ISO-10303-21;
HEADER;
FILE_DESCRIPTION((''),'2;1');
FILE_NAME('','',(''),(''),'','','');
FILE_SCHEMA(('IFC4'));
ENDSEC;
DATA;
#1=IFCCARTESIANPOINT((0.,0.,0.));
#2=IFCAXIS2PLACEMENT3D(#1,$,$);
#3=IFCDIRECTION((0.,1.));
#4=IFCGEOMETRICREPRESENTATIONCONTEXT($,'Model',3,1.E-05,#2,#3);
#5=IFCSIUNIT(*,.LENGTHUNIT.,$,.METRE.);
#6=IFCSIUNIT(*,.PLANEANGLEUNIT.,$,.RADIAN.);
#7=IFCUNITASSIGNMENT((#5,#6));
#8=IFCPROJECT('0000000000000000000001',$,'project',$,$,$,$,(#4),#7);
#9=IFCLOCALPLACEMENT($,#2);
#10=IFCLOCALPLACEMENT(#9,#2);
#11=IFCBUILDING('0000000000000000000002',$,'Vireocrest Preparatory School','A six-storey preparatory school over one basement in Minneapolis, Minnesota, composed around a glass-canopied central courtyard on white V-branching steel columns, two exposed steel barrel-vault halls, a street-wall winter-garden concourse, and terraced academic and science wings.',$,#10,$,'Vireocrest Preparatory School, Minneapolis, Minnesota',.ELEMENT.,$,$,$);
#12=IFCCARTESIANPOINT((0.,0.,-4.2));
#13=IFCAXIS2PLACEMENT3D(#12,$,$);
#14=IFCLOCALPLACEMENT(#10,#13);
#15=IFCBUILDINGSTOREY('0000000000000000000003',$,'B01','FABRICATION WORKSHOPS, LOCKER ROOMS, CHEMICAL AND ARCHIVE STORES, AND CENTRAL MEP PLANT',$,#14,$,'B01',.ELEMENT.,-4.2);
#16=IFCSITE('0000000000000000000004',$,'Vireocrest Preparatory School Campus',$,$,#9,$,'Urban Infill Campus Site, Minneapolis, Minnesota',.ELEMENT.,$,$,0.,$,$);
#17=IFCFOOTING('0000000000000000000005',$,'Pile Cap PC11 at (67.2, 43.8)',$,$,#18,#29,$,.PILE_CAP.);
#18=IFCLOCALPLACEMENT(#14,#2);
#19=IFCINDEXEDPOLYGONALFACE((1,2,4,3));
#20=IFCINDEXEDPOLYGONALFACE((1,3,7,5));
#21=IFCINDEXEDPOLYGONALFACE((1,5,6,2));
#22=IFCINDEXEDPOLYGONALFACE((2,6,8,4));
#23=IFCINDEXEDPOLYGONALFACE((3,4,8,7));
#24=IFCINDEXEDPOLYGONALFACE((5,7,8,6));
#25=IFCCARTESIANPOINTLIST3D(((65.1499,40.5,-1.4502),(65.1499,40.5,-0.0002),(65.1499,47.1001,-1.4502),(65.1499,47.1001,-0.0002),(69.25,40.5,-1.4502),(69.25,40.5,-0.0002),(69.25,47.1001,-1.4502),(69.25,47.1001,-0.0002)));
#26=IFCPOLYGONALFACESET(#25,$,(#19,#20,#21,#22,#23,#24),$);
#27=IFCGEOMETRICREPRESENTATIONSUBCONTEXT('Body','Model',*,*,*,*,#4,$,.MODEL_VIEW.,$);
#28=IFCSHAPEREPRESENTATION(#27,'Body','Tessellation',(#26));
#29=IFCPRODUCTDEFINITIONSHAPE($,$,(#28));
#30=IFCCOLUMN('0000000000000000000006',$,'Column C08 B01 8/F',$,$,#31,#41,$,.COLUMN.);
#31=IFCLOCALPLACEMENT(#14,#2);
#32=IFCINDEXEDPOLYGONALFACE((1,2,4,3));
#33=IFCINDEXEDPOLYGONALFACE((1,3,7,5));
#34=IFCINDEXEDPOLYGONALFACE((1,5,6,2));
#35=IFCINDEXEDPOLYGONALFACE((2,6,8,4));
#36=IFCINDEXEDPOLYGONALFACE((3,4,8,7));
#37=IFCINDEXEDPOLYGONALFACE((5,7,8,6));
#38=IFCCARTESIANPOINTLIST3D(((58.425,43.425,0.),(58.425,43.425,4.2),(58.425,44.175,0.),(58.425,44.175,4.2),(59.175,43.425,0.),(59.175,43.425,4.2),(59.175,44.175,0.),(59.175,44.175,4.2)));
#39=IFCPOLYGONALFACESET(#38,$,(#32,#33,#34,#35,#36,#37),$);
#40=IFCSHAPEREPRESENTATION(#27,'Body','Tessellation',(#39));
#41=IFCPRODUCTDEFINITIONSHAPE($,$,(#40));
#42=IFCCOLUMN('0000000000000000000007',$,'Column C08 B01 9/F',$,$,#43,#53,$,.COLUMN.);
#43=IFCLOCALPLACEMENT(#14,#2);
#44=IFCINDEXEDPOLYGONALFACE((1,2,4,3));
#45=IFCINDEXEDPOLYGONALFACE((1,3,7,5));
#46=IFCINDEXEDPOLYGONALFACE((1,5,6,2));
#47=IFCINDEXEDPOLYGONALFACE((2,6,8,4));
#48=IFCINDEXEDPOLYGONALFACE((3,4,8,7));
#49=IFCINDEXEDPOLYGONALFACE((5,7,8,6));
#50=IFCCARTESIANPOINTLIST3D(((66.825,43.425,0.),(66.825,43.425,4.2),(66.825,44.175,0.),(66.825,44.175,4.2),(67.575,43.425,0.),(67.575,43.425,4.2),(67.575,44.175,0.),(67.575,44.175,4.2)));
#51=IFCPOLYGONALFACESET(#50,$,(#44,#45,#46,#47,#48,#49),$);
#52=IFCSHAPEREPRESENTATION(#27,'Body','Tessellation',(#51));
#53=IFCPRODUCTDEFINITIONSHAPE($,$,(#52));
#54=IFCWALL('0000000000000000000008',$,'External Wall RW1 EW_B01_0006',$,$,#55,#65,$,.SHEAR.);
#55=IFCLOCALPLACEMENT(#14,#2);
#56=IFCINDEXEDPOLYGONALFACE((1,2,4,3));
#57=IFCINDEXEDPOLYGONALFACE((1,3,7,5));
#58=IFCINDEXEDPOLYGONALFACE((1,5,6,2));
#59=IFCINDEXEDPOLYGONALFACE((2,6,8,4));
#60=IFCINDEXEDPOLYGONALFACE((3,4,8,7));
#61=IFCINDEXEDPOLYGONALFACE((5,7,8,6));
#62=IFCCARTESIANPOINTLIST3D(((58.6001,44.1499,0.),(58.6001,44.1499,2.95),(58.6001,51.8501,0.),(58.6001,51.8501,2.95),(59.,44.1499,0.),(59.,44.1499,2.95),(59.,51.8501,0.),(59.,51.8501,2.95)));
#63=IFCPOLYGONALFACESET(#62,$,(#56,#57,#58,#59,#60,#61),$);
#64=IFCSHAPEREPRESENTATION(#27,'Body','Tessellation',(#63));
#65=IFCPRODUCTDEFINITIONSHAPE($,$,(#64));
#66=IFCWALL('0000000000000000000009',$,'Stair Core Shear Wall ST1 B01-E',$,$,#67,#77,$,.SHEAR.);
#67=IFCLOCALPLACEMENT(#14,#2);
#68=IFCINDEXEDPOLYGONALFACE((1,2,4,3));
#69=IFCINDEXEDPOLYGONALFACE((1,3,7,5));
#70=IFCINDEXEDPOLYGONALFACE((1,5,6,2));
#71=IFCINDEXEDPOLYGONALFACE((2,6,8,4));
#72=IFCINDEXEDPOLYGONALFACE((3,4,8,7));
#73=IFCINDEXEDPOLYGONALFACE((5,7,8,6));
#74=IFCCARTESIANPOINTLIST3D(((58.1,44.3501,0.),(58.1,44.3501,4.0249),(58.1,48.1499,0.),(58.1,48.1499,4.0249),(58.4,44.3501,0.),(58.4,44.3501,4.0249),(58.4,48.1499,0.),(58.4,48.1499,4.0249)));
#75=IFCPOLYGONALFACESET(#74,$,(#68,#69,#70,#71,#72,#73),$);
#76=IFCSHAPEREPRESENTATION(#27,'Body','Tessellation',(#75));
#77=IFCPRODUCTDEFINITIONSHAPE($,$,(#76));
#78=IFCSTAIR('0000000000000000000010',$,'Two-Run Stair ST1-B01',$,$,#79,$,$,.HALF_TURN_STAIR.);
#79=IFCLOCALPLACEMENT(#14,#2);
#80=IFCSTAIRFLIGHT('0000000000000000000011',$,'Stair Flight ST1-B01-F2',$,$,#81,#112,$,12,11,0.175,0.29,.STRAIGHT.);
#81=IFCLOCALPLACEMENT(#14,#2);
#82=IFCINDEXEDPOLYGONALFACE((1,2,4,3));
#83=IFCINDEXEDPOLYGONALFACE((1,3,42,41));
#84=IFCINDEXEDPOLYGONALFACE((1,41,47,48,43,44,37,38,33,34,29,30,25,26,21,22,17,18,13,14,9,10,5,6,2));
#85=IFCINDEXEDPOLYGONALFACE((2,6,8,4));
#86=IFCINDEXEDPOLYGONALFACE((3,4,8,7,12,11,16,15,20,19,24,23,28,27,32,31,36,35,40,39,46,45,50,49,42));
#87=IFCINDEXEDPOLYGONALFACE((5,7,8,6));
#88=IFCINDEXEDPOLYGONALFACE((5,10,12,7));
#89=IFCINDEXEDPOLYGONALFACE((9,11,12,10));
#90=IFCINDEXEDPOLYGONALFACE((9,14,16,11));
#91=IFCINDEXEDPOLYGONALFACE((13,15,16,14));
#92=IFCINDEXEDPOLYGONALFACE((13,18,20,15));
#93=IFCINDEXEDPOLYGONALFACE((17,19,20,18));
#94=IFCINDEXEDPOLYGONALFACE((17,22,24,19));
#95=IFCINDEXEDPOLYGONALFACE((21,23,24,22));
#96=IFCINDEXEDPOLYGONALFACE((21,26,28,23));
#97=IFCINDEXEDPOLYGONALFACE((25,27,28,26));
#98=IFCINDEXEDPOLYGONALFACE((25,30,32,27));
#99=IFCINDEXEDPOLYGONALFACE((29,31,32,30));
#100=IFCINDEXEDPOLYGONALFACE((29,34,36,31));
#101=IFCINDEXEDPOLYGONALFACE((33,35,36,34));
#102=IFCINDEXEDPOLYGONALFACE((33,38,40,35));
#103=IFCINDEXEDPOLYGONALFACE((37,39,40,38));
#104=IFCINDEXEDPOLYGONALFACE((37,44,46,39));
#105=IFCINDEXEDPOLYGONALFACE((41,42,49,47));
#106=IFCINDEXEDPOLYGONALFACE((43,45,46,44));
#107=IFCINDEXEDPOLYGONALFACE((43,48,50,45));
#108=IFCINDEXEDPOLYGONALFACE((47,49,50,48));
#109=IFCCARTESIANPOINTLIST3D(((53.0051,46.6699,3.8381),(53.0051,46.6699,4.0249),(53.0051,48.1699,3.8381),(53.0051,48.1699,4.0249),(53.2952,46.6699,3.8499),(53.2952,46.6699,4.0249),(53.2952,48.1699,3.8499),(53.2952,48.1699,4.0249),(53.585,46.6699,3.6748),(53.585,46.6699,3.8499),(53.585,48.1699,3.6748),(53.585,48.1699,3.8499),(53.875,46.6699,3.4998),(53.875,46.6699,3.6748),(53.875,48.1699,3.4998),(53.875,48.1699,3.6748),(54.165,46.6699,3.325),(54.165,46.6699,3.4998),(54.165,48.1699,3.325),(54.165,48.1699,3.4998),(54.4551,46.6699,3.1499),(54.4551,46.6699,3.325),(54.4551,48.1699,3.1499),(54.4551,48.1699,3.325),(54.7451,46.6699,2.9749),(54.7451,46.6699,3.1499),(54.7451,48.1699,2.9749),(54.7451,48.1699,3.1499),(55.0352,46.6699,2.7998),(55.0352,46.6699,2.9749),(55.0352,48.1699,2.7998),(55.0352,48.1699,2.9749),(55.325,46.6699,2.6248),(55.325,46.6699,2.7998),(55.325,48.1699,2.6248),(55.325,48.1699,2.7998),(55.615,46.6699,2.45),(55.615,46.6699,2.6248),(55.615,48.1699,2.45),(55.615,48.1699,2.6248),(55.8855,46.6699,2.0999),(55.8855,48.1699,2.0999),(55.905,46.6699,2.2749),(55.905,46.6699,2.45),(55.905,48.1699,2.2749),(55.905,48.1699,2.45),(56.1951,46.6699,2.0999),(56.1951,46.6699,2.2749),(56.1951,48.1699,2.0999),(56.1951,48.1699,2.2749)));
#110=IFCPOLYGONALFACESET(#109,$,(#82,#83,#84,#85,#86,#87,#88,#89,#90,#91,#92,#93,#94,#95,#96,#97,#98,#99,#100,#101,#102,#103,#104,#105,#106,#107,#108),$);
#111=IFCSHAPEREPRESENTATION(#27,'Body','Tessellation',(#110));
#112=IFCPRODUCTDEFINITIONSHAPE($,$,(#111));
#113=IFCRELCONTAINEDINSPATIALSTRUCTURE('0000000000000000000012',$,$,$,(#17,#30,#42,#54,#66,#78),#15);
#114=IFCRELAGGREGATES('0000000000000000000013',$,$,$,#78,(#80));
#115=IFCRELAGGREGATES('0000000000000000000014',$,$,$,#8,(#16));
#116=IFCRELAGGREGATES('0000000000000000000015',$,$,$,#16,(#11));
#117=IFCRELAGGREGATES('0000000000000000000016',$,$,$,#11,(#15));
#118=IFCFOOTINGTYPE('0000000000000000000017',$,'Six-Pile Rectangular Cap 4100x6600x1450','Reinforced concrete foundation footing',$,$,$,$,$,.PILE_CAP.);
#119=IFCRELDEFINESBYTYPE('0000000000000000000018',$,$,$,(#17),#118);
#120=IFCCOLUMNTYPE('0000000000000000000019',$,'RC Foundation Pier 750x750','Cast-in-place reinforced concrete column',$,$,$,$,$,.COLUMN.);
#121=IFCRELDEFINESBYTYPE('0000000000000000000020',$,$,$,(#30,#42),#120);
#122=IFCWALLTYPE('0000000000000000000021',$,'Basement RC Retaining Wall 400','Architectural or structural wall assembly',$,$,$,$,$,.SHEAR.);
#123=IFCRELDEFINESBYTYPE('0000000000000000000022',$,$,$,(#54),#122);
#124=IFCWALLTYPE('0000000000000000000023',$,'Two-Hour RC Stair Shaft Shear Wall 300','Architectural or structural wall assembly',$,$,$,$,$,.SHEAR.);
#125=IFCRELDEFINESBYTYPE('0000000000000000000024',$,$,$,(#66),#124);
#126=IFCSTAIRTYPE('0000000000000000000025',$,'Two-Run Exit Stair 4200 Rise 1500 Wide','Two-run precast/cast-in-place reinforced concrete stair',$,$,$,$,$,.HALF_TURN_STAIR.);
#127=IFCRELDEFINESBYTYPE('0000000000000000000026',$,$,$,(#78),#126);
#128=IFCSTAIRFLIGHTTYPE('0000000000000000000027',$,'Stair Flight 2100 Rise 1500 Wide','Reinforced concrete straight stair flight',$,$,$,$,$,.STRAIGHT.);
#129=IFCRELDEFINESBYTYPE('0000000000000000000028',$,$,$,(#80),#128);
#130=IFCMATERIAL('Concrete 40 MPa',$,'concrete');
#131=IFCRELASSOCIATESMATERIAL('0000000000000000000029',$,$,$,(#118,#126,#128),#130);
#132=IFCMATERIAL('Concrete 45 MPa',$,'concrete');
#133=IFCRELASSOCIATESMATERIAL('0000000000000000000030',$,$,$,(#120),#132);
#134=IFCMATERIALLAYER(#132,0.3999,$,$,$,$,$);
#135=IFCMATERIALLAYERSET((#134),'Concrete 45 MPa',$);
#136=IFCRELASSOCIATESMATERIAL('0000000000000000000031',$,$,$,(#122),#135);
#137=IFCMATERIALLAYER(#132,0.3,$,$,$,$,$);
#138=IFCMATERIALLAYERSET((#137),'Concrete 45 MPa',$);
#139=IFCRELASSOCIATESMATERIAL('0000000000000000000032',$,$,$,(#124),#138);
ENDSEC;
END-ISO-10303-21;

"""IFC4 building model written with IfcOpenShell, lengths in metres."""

from ifc_helpers import new_model, si_unit, direction, frame, frame_2d, origin, origin_2d, place, context, subcontext, project, spatial, polyline, rectangle, outline, extrude, material, layer, layer_set, material_profile, profile_set, type_object, element, aggregate, save


model = new_model("IFC4")

# Units and contexts
model_context = context("Model", 3, precision=1e-05, world=origin(), true_north=direction((0.0, 1.0)))
body_context = subcontext(model_context, "Body", "Model", "MODEL_VIEW")
ifc_project = project(units=[si_unit("LENGTHUNIT", "METRE"), si_unit("PLANEANGLEUNIT", "RADIAN")], contexts=[model_context])

# Site, building, storey
site_placement = place(None, origin())
site = spatial("IfcSite", under=ifc_project, at=site_placement, Name="Vireocrest Preparatory School Campus", LongName="Urban Infill Campus Site, Minneapolis, Minnesota", CompositionType="ELEMENT", RefElevation=0.0)
building_placement = place(site_placement, origin())
building = spatial("IfcBuilding", under=site, at=building_placement, Name="Vireocrest Preparatory School", Description="A six-storey preparatory school over one basement in Minneapolis, Minnesota, composed around a glass-canopied central courtyard on white V-branching steel columns, two exposed steel barrel-vault halls, a street-wall winter-garden concourse, and terraced academic and science wings.", LongName="Vireocrest Preparatory School, Minneapolis, Minnesota", CompositionType="ELEMENT")
storey_placement = place(building_placement, frame((0.0, 0.0, -4.2)))
storey = spatial("IfcBuildingStorey", under=building, at=storey_placement, Name="B01", Description="FABRICATION WORKSHOPS, LOCKER ROOMS, CHEMICAL AND ARCHIVE STORES, AND CENTRAL MEP PLANT", LongName="B01", CompositionType="ELEMENT", Elevation=-4.2)

# Shared definitions
ifc_material_1 = material(Name="Concrete 40 MPa", Category="concrete")

# Footing
footing_type_1 = type_object("IfcFootingType", Name="Six-Pile Rectangular Cap 4100x6600x1450", Description="Reinforced concrete foundation footing", PredefinedType="PILE_CAP", material=ifc_material_1)
footing_1_placement = place(storey_placement, frame((67.2, 43.8, -1.4502), z_axis=(0.0, 0.0, 1.0), x_axis=(1.0, 0.0, 0.0)))
element("IfcFooting", 1, at=footing_1_placement, inside=storey, type_object=footing_type_1, Name="Pile Cap PC11 at (67.2, 43.8)", PredefinedType="PILE_CAP", context=body_context, shape_type="SweptSolid", body=[
    extrude(rectangle(XDim=4.1001, YDim=6.6001, at=origin_2d()), origin(), (0.0, 0.0, 1.0), 1.45),
])

# Columns
ifc_material_2 = material(Name="Concrete 45 MPa", Category="concrete")
ifc_material_profile_1 = material_profile(ifc_material_2, rectangle(XDim=0.75, YDim=0.75, at=origin_2d()), Name="RC 750x750")
ifc_profile_set_1 = profile_set([ifc_material_profile_1], Name="Concrete 45 MPa")
column_type = type_object("IfcColumnType", Name="RC Foundation Pier 750x750", Description="Cast-in-place reinforced concrete column", PredefinedType="COLUMN", material=ifc_profile_set_1)
for number, where, z_axis, x_axis, name in (
    (2, (58.8, 43.8, 0.0), (0.0, 0.0, 1.0), (1.0, 0.0, 0.0), "Column C08 B01 8/F"),
    (3, (67.2, 43.8, 0.0), (0.0, 0.0, 1.0), (1.0, 0.0, 0.0), "Column C08 B01 9/F"),
):
    element("IfcColumn", number, at=place(storey_placement, frame(where, z_axis=z_axis, x_axis=x_axis)), inside=storey, type_object=column_type, Name=name, PredefinedType="COLUMN", context=body_context, shape_type="SweptSolid", body=[
        extrude(rectangle(XDim=0.75, YDim=0.75, at=origin_2d()), origin(), (0.0, 0.0, 1.0), 4.2),
    ])

# Walls
ifc_layer_1 = layer(ifc_material_2, 0.3999)
ifc_layer_set_1 = layer_set([ifc_layer_1], Name="Concrete 45 MPa")
wall_type_1 = type_object("IfcWallType", Name="Basement RC Retaining Wall 400", Description="Architectural or structural wall assembly", PredefinedType="SHEAR", material=ifc_layer_set_1)
wall_1_placement = place(storey_placement, frame((58.8, 44.1499, 0.0), z_axis=(0.0, 0.0, 1.0), x_axis=(0.0, 1.0, 0.0)))
element("IfcWall", 4, at=wall_1_placement, inside=storey, type_object=wall_type_1, Name="External Wall RW1 EW_B01_0006", PredefinedType="SHEAR", context=body_context, shape_type="SweptSolid", body=[
    extrude(rectangle(XDim=7.7002, YDim=0.3999, at=frame_2d((3.8501, 0.0))), origin(), (0.0, 0.0, 1.0), 2.95),
])
ifc_layer_2 = layer(ifc_material_2, 0.3)
ifc_layer_set_2 = layer_set([ifc_layer_2], Name="Concrete 45 MPa")
wall_type_2 = type_object("IfcWallType", Name="Two-Hour RC Stair Shaft Shear Wall 300", Description="Architectural or structural wall assembly", PredefinedType="SHEAR", material=ifc_layer_set_2)
wall_2_placement = place(storey_placement, frame((58.25, 44.3501, 0.0), z_axis=(0.0, 0.0, 1.0), x_axis=(0.0, 1.0, 0.0)))
element("IfcWall", 5, at=wall_2_placement, inside=storey, type_object=wall_type_2, Name="Stair Core Shear Wall ST1 B01-E", PredefinedType="SHEAR", context=body_context, shape_type="SweptSolid", body=[
    extrude(rectangle(XDim=3.7998, YDim=0.3, at=frame_2d((1.8999, 0.0))), origin(), (0.0, 0.0, 1.0), 4.0249),
])

# Stair, stair flight
stair_type = type_object("IfcStairType", Name="Two-Run Exit Stair 4200 Rise 1500 Wide", Description="Two-run precast/cast-in-place reinforced concrete stair", PredefinedType="HALF_TURN_STAIR", material=ifc_material_1)
stair_placement = place(storey_placement, origin())
stair = element("IfcStair", 6, at=stair_placement, inside=storey, type_object=stair_type, Name="Two-Run Stair ST1-B01", PredefinedType="HALF_TURN_STAIR")
stair_flight_type = type_object("IfcStairFlightType", Name="Stair Flight 2100 Rise 1500 Wide", Description="Reinforced concrete straight stair flight", PredefinedType="STRAIGHT", material=ifc_material_1)
stair_flight_placement = place(storey_placement, frame((56.1951, 47.4199, 2.0999), z_axis=(0.0, 0.0, 1.0), x_axis=(-1.0, 0.0, 0.0)))
stair_flight = element("IfcStairFlight", 7, at=stair_flight_placement, type_object=stair_flight_type, Name="Stair Flight ST1-B01-F2", NumberOfRisers=12, NumberOfTreads=11, PredefinedType="STRAIGHT", RiserHeight=0.175, TreadLength=0.29, context=body_context, shape_type="SweptSolid", body=[
    extrude(outline(polyline([(0.0, 0.0), (0.0, 0.175), (0.29, 0.175), (0.29, 0.3501), (0.5801, 0.3501), (0.5801, 0.5249), (0.8701, 0.5249), (0.8701, 0.7), (1.1599, 0.7), (1.1599, 0.875), (1.45, 0.875), (1.45, 1.05), (1.74, 1.05), (1.74, 1.2251), (2.03, 1.2251), (2.03, 1.3999), (2.3201, 1.3999), (2.3201, 1.575), (2.6101, 1.575), (2.6101, 1.75), (2.8999, 1.75), (2.8999, 1.925), (3.1899, 1.925), (3.1899, 2.1001), (3.1899, 1.7383), (0.3096, 0.0), (0.0, 0.0)])), frame((0.0, 0.75, 0.0), z_axis=(0.0, -1.0, 0.0), x_axis=(1.0, 0.0, 0.0)), (0.0, 0.0, 1.0), 1.5),
])
aggregate(stair, [stair_flight])

save(model, "model.ifc")
